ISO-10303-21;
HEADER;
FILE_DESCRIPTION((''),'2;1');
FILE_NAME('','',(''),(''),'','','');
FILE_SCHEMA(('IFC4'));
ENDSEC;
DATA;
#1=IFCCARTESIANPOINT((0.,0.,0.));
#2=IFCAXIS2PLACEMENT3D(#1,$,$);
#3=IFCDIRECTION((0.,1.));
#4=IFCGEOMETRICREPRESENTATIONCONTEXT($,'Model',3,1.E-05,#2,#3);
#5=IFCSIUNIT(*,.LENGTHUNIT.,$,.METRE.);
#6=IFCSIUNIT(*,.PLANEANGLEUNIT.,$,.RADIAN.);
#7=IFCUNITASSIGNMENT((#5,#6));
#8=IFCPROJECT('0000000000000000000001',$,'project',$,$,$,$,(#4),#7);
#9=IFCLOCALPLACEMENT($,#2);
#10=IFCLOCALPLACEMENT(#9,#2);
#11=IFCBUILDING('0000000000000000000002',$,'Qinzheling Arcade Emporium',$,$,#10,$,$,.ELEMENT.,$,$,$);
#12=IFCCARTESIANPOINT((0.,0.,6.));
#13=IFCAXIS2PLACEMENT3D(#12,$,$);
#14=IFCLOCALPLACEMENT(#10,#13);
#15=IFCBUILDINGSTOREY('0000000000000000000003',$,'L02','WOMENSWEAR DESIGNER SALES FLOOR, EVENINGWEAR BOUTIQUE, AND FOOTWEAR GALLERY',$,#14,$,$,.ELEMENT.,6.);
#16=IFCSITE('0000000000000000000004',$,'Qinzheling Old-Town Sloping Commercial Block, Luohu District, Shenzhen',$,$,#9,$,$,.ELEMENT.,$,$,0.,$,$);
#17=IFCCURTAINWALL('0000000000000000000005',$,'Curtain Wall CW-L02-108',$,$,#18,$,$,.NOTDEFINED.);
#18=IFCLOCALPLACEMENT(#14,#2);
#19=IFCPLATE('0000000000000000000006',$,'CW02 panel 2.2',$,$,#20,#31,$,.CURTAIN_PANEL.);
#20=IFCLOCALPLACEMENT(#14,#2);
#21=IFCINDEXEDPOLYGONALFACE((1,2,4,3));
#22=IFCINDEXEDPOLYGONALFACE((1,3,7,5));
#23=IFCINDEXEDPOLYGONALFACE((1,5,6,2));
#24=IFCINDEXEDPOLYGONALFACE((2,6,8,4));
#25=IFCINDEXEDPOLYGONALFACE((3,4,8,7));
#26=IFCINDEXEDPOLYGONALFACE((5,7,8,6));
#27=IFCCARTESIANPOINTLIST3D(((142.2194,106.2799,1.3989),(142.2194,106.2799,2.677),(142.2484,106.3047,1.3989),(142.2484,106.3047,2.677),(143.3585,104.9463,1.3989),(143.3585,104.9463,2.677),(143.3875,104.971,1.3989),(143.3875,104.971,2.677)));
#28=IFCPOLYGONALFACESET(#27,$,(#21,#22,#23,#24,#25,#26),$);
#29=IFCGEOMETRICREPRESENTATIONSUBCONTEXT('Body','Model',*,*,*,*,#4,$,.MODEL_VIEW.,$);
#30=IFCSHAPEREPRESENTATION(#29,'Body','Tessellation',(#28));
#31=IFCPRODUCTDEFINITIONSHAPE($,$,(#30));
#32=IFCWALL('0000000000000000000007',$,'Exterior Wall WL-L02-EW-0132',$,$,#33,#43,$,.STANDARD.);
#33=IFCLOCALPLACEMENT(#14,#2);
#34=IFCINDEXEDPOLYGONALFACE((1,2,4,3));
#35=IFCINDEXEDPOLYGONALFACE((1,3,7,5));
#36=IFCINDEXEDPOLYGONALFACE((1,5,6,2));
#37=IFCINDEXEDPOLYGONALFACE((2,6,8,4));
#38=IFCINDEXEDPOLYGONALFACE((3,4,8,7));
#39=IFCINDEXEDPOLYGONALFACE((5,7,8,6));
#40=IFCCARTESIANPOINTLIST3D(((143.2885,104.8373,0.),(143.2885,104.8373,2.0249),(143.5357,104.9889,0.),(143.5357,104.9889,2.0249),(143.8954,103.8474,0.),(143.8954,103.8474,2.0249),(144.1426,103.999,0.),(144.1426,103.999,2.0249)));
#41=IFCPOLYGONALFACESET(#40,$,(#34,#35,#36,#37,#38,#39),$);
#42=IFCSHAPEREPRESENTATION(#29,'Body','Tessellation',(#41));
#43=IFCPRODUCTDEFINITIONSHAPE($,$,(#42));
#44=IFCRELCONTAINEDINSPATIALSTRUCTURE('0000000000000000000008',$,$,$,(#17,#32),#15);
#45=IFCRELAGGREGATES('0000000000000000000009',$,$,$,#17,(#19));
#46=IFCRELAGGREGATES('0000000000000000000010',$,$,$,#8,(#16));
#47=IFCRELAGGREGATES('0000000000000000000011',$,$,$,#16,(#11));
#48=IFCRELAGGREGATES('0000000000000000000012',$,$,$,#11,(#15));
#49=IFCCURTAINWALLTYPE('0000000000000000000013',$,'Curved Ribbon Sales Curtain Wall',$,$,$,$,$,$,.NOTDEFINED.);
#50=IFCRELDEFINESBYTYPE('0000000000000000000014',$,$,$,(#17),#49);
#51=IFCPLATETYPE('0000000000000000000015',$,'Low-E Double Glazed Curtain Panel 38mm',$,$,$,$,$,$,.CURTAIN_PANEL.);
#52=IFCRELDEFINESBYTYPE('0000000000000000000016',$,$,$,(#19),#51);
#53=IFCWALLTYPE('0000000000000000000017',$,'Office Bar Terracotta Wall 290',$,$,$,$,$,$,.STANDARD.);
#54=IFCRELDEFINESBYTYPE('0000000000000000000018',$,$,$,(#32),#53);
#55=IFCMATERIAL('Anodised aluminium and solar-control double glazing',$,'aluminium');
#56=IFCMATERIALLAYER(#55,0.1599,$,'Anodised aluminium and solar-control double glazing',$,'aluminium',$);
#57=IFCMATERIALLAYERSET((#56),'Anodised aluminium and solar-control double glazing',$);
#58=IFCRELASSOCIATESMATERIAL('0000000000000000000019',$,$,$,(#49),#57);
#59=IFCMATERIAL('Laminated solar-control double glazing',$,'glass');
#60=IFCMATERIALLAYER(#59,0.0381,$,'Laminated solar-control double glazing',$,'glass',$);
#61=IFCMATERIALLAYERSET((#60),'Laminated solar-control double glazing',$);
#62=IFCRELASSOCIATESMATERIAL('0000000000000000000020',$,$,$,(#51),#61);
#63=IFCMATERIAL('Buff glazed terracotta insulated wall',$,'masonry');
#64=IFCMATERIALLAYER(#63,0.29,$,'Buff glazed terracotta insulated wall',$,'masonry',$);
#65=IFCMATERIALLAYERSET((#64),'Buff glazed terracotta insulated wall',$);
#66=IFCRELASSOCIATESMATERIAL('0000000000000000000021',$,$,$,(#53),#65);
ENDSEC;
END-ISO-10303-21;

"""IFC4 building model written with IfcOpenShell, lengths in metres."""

from ifc_helpers import new_model, si_unit, direction, frame, frame_2d, origin, origin_2d, place, context, subcontext, project, spatial, rectangle, extrude, material, layer, layer_set, type_object, element, aggregate, save


model = new_model("IFC4")

# Units and contexts
model_context = context("Model", 3, precision=1e-05, world=origin(), true_north=direction((0.0, 1.0)))
body_context = subcontext(model_context, "Body", "Model", "MODEL_VIEW")
ifc_project = project(units=[si_unit("LENGTHUNIT", "METRE"), si_unit("PLANEANGLEUNIT", "RADIAN")], contexts=[model_context])

# Site, building, storey
site_placement = place(None, origin())
site = spatial("IfcSite", under=ifc_project, at=site_placement, Name="Qinzheling Old-Town Sloping Commercial Block, Luohu District, Shenzhen", CompositionType="ELEMENT", RefElevation=0.0)
building_placement = place(site_placement, origin())
building = spatial("IfcBuilding", under=site, at=building_placement, Name="Qinzheling Arcade Emporium", CompositionType="ELEMENT")
storey_placement = place(building_placement, frame((0.0, 0.0, 6.0)))
storey = spatial("IfcBuildingStorey", under=building, at=storey_placement, Name="L02", Description="WOMENSWEAR DESIGNER SALES FLOOR, EVENINGWEAR BOUTIQUE, AND FOOTWEAR GALLERY", CompositionType="ELEMENT", Elevation=6.0)

# Shared definitions
ifc_material_1 = material(Name="Anodised aluminium and solar-control double glazing", Category="aluminium")
ifc_layer_1 = layer(ifc_material_1, 0.1599, Name="Anodised aluminium and solar-control double glazing", Category="aluminium")
ifc_layer_set_1 = layer_set([ifc_layer_1], Name="Anodised aluminium and solar-control double glazing")
curtain_wall_type = type_object("IfcCurtainWallType", Name="Curved Ribbon Sales Curtain Wall", PredefinedType="NOTDEFINED", material=ifc_layer_set_1)

# Curtain wall
curtain_wall_1_placement = place(storey_placement, origin())
curtain_wall_1 = element("IfcCurtainWall", 1, at=curtain_wall_1_placement, inside=storey, type_object=curtain_wall_type, Name="Curtain Wall CW-L02-108", PredefinedType="NOTDEFINED")

# Plate
ifc_material_2 = material(Name="Laminated solar-control double glazing", Category="glass")
ifc_layer_2 = layer(ifc_material_2, 0.0381, Name="Laminated solar-control double glazing", Category="glass")
ifc_layer_set_2 = layer_set([ifc_layer_2], Name="Laminated solar-control double glazing")
plate_type_1 = type_object("IfcPlateType", Name="Low-E Double Glazed Curtain Panel 38mm", PredefinedType="CURTAIN_PANEL", material=ifc_layer_set_2)
plate_1_placement = place(storey_placement, frame((142.8035, 105.6255, 1.3989), z_axis=(0.0, 0.0, 1.0), x_axis=(0.649473, -0.760385, 0.0)))
plate_1 = element("IfcPlate", 2, at=plate_1_placement, type_object=plate_type_1, Name="CW02 panel 2.2", PredefinedType="CURTAIN_PANEL", context=body_context, shape_type="SweptSolid", body=[
    extrude(rectangle(XDim=1.7539, YDim=0.0381, at=origin_2d()), origin(), (0.0, 0.0, 1.0), 1.2781),
])
aggregate(curtain_wall_1, [plate_1])

# Wall
ifc_material_3 = material(Name="Buff glazed terracotta insulated wall", Category="masonry")
ifc_layer_3 = layer(ifc_material_3, 0.29, Name="Buff glazed terracotta insulated wall", Category="masonry")
ifc_layer_set_3 = layer_set([ifc_layer_3], Name="Buff glazed terracotta insulated wall")
wall_type = type_object("IfcWallType", Name="Office Bar Terracotta Wall 290", PredefinedType="STANDARD", material=ifc_layer_set_3)
wall_placement = place(storey_placement, frame((143.4121, 104.9131, 0.0), z_axis=(0.0, 0.0, 1.0), x_axis=(0.522666, -0.852538, 0.0)))
element("IfcWall", 3, at=wall_placement, inside=storey, type_object=wall_type, Name="Exterior Wall WL-L02-EW-0132", PredefinedType="STANDARD", context=body_context, shape_type="SweptSolid", body=[
    extrude(rectangle(XDim=1.1611, YDim=0.29, at=frame_2d((0.5806, 0.0))), origin(), (0.0, 0.0, 1.0), 2.0249),
])

save(model, "model.ifc")
